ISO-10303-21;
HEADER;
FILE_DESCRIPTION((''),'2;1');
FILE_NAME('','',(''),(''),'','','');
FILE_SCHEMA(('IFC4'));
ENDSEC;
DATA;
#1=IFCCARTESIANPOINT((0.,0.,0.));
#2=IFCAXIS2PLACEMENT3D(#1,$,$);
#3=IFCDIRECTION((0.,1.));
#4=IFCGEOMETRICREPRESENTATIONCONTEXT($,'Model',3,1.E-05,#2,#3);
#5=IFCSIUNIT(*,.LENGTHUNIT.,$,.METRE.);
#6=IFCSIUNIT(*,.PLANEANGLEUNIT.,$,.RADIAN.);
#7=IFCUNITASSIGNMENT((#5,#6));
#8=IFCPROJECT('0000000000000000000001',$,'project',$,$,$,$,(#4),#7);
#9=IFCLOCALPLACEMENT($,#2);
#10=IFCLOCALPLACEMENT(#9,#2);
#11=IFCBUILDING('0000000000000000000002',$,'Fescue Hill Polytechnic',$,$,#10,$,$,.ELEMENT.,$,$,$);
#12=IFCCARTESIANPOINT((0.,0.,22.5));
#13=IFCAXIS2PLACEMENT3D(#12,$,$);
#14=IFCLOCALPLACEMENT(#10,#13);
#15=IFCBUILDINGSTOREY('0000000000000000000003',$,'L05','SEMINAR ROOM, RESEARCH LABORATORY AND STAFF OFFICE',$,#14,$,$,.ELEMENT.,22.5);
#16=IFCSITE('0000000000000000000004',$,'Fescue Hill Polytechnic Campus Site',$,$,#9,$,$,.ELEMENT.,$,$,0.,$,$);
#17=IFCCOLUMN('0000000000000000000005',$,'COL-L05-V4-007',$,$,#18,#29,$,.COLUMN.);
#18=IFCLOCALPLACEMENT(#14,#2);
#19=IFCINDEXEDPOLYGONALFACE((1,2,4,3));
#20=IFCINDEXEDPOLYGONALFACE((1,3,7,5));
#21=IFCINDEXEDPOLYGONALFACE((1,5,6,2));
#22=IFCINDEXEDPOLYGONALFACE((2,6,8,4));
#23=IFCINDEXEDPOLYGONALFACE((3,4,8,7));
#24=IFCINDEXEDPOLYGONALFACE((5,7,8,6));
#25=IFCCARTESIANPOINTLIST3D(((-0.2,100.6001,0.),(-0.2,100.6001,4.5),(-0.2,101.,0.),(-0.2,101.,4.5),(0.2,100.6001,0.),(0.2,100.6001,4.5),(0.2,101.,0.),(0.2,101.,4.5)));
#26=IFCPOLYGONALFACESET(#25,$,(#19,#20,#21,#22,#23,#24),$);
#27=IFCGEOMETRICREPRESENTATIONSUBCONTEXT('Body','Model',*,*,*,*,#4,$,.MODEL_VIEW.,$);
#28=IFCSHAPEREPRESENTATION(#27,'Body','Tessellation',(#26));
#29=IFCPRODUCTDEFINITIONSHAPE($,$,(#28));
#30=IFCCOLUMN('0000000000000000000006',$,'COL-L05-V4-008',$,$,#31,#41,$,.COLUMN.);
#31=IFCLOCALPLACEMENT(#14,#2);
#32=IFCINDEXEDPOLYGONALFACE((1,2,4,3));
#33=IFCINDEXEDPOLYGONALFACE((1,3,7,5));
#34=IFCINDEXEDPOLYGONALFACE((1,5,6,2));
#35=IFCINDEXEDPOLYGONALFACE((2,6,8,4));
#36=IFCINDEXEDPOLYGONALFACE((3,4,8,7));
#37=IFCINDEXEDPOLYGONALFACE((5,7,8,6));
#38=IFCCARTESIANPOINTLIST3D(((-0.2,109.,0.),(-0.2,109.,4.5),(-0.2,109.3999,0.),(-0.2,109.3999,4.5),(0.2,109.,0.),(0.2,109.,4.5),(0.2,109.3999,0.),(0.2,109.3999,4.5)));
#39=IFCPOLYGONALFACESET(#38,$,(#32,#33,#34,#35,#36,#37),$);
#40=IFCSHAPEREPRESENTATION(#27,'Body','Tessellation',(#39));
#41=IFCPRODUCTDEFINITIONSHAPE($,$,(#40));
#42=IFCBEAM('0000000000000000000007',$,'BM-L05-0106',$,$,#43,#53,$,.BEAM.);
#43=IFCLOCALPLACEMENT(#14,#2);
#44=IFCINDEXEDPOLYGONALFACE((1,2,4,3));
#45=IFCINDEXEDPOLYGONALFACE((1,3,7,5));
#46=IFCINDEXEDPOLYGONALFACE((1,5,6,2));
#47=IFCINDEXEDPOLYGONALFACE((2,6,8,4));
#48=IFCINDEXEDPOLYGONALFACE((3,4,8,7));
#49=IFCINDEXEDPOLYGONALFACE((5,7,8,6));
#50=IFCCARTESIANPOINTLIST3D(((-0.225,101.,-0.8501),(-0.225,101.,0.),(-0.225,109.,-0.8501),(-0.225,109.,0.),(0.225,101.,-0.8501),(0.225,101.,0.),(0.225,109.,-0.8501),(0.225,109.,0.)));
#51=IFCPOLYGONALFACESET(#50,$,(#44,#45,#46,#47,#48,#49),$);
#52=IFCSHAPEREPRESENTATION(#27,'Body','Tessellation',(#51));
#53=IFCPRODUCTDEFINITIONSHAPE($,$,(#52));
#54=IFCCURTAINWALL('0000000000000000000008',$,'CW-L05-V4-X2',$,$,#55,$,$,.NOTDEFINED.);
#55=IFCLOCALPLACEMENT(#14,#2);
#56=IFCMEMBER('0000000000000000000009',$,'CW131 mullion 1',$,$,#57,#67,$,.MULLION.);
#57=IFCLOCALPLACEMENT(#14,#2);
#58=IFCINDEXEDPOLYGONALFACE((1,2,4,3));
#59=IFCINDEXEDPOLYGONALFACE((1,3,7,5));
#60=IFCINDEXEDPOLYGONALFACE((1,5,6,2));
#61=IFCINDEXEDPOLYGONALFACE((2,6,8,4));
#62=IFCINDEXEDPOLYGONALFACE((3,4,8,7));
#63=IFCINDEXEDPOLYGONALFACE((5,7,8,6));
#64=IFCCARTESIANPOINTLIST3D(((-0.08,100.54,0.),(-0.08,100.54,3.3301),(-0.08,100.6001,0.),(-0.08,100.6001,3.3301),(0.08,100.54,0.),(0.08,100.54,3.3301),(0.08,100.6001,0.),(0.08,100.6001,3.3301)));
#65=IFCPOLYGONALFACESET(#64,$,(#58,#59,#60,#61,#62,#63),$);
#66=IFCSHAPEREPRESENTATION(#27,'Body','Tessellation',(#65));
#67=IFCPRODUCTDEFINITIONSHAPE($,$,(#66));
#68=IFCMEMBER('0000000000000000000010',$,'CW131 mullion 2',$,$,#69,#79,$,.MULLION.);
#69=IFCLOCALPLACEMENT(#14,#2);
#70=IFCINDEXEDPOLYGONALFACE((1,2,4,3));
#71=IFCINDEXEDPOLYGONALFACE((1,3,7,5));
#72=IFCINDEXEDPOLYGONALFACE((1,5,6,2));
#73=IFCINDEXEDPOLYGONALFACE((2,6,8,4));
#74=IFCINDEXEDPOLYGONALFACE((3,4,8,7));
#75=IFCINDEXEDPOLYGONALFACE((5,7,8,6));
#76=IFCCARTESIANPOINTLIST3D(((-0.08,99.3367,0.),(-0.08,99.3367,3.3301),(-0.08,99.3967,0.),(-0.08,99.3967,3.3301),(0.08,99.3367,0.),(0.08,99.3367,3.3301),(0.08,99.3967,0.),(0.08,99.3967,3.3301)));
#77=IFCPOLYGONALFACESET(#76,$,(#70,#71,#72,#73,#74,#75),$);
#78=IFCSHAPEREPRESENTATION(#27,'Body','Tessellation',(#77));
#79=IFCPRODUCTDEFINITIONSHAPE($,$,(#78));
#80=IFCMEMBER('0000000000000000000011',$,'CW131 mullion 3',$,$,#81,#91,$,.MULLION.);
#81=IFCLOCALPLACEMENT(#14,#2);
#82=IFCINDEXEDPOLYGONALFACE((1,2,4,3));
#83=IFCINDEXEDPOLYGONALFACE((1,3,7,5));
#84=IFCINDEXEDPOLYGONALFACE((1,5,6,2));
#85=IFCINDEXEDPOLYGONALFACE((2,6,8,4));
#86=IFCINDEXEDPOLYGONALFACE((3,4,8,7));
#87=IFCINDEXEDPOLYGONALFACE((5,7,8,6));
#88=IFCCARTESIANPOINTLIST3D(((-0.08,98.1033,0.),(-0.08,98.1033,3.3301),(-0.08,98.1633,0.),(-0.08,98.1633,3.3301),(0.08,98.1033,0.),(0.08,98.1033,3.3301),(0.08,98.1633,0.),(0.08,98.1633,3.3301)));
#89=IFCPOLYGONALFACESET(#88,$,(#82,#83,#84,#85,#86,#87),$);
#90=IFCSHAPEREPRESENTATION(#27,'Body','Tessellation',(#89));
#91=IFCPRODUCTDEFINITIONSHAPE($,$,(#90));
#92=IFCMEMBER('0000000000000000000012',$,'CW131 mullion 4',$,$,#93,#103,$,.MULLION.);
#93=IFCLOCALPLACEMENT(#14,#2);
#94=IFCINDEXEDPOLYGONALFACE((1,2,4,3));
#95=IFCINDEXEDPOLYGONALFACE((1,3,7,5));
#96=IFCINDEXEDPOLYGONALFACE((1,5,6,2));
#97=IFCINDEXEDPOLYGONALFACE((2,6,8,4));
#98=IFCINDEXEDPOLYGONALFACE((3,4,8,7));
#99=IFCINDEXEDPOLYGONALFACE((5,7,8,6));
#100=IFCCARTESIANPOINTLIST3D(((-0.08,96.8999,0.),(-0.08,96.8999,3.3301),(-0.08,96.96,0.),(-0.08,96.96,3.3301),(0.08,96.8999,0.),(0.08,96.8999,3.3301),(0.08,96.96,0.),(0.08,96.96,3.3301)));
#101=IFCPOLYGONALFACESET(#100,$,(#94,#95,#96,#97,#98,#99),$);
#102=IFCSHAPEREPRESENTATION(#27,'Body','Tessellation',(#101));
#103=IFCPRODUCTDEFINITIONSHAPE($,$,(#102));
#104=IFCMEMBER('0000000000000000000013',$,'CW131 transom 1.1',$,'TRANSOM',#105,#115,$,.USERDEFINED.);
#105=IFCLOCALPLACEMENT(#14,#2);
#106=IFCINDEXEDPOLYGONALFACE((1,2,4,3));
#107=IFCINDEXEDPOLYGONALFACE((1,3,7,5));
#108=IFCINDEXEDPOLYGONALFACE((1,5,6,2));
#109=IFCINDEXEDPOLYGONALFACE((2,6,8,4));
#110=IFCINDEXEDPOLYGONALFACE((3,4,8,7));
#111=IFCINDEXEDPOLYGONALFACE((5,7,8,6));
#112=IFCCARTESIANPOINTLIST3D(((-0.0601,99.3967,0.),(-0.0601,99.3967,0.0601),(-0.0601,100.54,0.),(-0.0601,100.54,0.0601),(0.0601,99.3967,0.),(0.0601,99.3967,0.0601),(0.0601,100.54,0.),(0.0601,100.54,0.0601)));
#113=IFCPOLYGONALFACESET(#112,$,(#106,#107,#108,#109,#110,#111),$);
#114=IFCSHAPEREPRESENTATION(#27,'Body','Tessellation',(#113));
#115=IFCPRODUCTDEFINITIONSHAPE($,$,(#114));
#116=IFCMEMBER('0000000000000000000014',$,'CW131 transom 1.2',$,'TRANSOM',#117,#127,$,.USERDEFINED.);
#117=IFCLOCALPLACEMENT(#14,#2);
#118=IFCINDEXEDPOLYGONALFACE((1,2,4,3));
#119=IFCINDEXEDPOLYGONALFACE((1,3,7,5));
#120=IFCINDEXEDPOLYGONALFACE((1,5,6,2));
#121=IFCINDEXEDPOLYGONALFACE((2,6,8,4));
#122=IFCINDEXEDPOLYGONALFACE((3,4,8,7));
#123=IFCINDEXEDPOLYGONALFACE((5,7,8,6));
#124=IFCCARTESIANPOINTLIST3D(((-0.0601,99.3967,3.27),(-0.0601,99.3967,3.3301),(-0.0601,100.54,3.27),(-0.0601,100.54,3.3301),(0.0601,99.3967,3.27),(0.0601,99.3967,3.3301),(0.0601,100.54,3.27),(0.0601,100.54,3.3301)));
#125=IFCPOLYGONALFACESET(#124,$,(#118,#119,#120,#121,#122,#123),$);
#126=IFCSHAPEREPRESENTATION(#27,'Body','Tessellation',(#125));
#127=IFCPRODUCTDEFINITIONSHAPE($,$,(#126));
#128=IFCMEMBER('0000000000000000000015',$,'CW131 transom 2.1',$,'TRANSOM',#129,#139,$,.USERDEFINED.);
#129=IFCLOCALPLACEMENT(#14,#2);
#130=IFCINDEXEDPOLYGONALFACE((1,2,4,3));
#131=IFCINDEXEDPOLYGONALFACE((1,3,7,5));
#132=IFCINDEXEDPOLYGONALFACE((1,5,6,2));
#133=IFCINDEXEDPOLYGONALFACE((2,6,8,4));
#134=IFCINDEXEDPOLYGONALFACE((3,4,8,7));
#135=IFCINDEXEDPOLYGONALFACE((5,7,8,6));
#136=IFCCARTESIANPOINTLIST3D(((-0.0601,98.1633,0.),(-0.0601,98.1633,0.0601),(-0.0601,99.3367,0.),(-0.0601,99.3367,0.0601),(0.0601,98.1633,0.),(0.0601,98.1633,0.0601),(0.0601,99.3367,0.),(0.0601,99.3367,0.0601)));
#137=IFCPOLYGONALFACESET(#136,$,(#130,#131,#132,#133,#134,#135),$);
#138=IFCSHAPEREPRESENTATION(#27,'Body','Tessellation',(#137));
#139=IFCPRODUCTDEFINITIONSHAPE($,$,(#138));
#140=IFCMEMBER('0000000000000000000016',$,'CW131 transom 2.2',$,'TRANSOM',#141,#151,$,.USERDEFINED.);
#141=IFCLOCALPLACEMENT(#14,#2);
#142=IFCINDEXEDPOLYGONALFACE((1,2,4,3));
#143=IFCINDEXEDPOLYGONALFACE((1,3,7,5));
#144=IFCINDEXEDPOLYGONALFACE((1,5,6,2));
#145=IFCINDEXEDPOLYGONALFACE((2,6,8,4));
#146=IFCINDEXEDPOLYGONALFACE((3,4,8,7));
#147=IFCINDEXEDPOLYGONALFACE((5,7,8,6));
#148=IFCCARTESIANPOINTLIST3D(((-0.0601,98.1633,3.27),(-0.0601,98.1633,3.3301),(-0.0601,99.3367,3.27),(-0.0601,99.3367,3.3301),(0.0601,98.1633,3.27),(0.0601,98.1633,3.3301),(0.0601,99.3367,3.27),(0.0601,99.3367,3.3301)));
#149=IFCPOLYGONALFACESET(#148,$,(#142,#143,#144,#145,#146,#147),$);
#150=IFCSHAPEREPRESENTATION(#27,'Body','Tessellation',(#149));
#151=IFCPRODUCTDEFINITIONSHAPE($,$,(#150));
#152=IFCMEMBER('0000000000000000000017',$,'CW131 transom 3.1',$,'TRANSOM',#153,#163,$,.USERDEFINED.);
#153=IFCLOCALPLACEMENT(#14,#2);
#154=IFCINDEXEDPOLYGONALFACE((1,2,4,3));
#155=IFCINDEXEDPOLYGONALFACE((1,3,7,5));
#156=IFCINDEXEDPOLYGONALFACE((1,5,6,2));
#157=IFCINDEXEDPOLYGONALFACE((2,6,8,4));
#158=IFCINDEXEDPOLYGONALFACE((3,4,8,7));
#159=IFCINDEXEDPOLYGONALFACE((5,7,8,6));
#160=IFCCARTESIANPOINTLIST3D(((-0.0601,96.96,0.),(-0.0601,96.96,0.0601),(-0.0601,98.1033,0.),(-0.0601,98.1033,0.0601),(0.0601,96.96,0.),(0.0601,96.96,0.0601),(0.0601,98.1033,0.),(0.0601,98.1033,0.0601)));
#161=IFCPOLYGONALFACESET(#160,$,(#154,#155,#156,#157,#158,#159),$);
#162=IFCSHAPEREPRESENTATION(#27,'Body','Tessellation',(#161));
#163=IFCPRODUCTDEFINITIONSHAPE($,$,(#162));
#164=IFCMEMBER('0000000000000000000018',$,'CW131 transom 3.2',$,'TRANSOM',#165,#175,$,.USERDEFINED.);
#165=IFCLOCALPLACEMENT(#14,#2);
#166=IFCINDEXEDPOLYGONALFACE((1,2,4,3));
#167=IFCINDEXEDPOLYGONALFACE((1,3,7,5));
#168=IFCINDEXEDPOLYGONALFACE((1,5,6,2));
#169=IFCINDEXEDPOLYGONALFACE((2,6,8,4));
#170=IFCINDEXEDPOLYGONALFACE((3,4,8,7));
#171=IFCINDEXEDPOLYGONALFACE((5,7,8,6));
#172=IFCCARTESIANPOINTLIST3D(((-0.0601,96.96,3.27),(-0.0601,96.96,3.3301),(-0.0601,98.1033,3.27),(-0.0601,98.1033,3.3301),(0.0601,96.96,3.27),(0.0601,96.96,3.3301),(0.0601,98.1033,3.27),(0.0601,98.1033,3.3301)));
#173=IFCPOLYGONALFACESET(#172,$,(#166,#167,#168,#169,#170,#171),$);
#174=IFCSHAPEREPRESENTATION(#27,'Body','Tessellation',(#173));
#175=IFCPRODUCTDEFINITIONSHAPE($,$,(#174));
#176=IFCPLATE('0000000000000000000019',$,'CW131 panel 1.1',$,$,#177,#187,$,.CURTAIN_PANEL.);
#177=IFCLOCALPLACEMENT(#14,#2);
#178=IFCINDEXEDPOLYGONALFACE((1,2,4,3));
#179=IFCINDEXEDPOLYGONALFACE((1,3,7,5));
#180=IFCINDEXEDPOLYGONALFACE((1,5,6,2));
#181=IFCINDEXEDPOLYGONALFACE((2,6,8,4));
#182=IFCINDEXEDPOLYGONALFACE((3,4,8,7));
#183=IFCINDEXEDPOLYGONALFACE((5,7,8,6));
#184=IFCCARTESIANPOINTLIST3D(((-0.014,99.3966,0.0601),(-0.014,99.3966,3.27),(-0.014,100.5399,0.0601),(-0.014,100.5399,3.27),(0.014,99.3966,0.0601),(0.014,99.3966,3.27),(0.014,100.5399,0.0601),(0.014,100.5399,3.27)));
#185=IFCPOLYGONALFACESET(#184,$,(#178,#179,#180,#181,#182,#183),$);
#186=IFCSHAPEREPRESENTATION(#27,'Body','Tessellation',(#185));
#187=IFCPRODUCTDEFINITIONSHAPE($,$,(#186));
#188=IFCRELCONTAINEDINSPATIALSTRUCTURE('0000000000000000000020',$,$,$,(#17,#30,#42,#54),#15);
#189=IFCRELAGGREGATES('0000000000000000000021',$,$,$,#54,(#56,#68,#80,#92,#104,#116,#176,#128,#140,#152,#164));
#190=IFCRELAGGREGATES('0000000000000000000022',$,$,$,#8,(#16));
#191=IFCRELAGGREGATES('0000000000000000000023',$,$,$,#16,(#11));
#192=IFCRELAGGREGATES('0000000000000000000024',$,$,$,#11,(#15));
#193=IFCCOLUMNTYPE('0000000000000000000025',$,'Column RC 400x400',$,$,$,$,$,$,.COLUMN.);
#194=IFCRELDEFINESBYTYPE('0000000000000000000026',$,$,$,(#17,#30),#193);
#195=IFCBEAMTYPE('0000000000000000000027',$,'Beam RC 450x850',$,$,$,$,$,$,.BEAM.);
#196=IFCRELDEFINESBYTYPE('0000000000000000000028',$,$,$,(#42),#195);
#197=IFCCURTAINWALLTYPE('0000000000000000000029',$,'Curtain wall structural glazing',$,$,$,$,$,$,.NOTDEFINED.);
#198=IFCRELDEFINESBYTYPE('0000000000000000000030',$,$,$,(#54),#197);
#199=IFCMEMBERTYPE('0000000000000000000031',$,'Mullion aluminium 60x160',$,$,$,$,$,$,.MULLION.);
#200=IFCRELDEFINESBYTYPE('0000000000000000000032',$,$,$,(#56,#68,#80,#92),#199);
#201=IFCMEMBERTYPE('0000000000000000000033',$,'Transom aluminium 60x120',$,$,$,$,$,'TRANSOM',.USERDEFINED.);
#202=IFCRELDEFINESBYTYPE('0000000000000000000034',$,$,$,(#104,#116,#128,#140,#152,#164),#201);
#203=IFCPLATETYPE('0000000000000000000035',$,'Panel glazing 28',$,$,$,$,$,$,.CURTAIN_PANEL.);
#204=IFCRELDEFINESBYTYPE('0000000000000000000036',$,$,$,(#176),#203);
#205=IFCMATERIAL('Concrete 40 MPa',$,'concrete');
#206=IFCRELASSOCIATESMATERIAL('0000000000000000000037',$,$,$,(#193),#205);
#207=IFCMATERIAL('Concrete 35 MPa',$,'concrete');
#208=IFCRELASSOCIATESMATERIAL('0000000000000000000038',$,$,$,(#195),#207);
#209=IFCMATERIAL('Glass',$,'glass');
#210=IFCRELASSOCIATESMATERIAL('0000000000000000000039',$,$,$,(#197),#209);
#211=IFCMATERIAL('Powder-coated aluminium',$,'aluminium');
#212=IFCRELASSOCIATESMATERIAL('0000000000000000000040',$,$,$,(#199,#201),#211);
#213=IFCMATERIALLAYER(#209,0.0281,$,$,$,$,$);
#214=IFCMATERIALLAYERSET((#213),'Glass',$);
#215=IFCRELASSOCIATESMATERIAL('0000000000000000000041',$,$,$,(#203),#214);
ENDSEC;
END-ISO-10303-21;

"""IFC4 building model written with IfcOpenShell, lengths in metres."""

from ifc_helpers import new_model, si_unit, direction, frame, origin, origin_2d, place, context, subcontext, project, spatial, rectangle, extrude, material, layer, layer_set, material_profile, profile_set, type_object, element, aggregate, save


model = new_model("IFC4")

# Units and contexts
model_context = context("Model", 3, precision=1e-05, world=origin(), true_north=direction((0.0, 1.0)))
body_context = subcontext(model_context, "Body", "Model", "MODEL_VIEW")
ifc_project = project(units=[si_unit("LENGTHUNIT", "METRE"), si_unit("PLANEANGLEUNIT", "RADIAN")], contexts=[model_context])

# Site, building, storey
site_placement = place(None, origin())
site = spatial("IfcSite", under=ifc_project, at=site_placement, Name="Fescue Hill Polytechnic Campus Site", CompositionType="ELEMENT", RefElevation=0.0)
building_placement = place(site_placement, origin())
building = spatial("IfcBuilding", under=site, at=building_placement, Name="Fescue Hill Polytechnic", CompositionType="ELEMENT")
storey_placement = place(building_placement, frame((0.0, 0.0, 22.5)))
storey = spatial("IfcBuildingStorey", under=building, at=storey_placement, Name="L05", Description="SEMINAR ROOM, RESEARCH LABORATORY AND STAFF OFFICE", CompositionType="ELEMENT", Elevation=22.5)

# Columns
ifc_material_1 = material(Name="Concrete 40 MPa", Category="concrete")
ifc_material_profile_1 = material_profile(ifc_material_1, rectangle(XDim=0.3999, YDim=0.3999, at=origin_2d()), Name="RC 400x400")
ifc_profile_set_1 = profile_set([ifc_material_profile_1], Name="Concrete 40 MPa")
column_type = type_object("IfcColumnType", Name="Column RC 400x400", PredefinedType="COLUMN", material=ifc_profile_set_1)
for number, where, z_axis, x_axis, name in (
    (1, (0.0, 100.8, 0.0), (0.0, 0.0, 1.0), (1.0, 0.0, 0.0), "COL-L05-V4-007"),
    (2, (0.0, 109.2, 0.0), (0.0, 0.0, 1.0), (1.0, 0.0, 0.0), "COL-L05-V4-008"),
):
    element("IfcColumn", number, at=place(storey_placement, frame(where, z_axis=z_axis, x_axis=x_axis)), inside=storey, type_object=column_type, Name=name, PredefinedType="COLUMN", context=body_context, shape_type="SweptSolid", body=[
        extrude(rectangle(XDim=0.3999, YDim=0.3999, at=origin_2d()), origin(), (0.0, 0.0, 1.0), 4.5),
    ])

# Beam
ifc_material_2 = material(Name="Concrete 35 MPa", Category="concrete")
ifc_material_profile_2 = material_profile(ifc_material_2, rectangle(XDim=0.45, YDim=0.8501, at=origin_2d()), Name="RC 450x850")
ifc_profile_set_2 = profile_set([ifc_material_profile_2], Name="Concrete 35 MPa")
beam_type = type_object("IfcBeamType", Name="Beam RC 450x850", PredefinedType="BEAM", material=ifc_profile_set_2)
beam_placement = place(storey_placement, frame((0.0, 101.0, -0.425), z_axis=(0.0, 1.0, 0.0), x_axis=(-1.0, 0.0, 0.0)))
element("IfcBeam", 3, at=beam_placement, inside=storey, type_object=beam_type, Name="BM-L05-0106", PredefinedType="BEAM", context=body_context, shape_type="SweptSolid", body=[
    extrude(rectangle(XDim=0.45, YDim=0.8501, at=origin_2d()), origin(), (0.0, 0.0, 1.0), 8.0),
])

# Curtain wall, members, plate
ifc_material_3 = material(Name="Glass", Category="glass")
curtain_wall_type = type_object("IfcCurtainWallType", Name="Curtain wall structural glazing", PredefinedType="NOTDEFINED", material=ifc_material_3)
curtain_wall_placement = place(storey_placement, origin())
curtain_wall = element("IfcCurtainWall", 4, at=curtain_wall_placement, inside=storey, type_object=curtain_wall_type, Name="CW-L05-V4-X2", PredefinedType="NOTDEFINED")
ifc_material_4 = material(Name="Powder-coated aluminium", Category="aluminium")
ifc_material_profile_3 = material_profile(ifc_material_4, rectangle(XDim=0.1599, YDim=0.0601, at=origin_2d()), Name="Mullion aluminium 60x160")
ifc_profile_set_3 = profile_set([ifc_material_profile_3], Name="Powder-coated aluminium")
member_type_1 = type_object("IfcMemberType", Name="Mullion aluminium 60x160", PredefinedType="MULLION", material=ifc_profile_set_3)
member_1_placement = place(storey_placement, frame((0.0, 100.5701, 0.0), z_axis=(0.0, 0.0, 1.0), x_axis=(1.0, 0.0, 0.0)))
member_1 = element("IfcMember", 5, at=member_1_placement, type_object=member_type_1, Name="CW131 mullion 1", PredefinedType="MULLION", context=body_context, shape_type="SweptSolid", body=[
    extrude(rectangle(XDim=0.1599, YDim=0.0601, at=origin_2d()), origin(), (0.0, 0.0, 1.0), 3.3301),
])
member_2_placement = place(storey_placement, frame((0.0, 99.3667, 0.0), z_axis=(0.0, 0.0, 1.0), x_axis=(1.0, 0.0, 0.0)))
member_2 = element("IfcMember", 6, at=member_2_placement, type_object=member_type_1, Name="CW131 mullion 2", PredefinedType="MULLION", context=body_context, shape_type="SweptSolid", body=[
    extrude(rectangle(XDim=0.1599, YDim=0.0601, at=origin_2d()), origin(), (0.0, 0.0, 1.0), 3.3301),
])
member_3_placement = place(storey_placement, frame((0.0, 98.1333, 0.0), z_axis=(0.0, 0.0, 1.0), x_axis=(1.0, 0.0, 0.0)))
member_3 = element("IfcMember", 7, at=member_3_placement, type_object=member_type_1, Name="CW131 mullion 3", PredefinedType="MULLION", context=body_context, shape_type="SweptSolid", body=[
    extrude(rectangle(XDim=0.1599, YDim=0.0601, at=origin_2d()), origin(), (0.0, 0.0, 1.0), 3.3301),
])
member_4_placement = place(storey_placement, frame((0.0, 96.9299, 0.0), z_axis=(0.0, 0.0, 1.0), x_axis=(1.0, 0.0, 0.0)))
member_4 = element("IfcMember", 8, at=member_4_placement, type_object=member_type_1, Name="CW131 mullion 4", PredefinedType="MULLION", context=body_context, shape_type="SweptSolid", body=[
    extrude(rectangle(XDim=0.1599, YDim=0.0601, at=origin_2d()), origin(), (0.0, 0.0, 1.0), 3.3301),
])
ifc_material_profile_4 = material_profile(ifc_material_4, rectangle(XDim=0.1201, YDim=0.0601, at=origin_2d()), Name="Transom aluminium 60x120")
ifc_profile_set_4 = profile_set([ifc_material_profile_4], Name="Powder-coated aluminium")
member_type_2 = type_object("IfcMemberType", Name="Transom aluminium 60x120", ElementType="TRANSOM", PredefinedType="USERDEFINED", material=ifc_profile_set_4)
member_5_placement = place(storey_placement, frame((0.0, 100.54, 0.03), z_axis=(0.0, -1.0, 0.0), x_axis=(1.0, 0.0, 0.0)))
member_5 = element("IfcMember", 9, at=member_5_placement, type_object=member_type_2, Name="CW131 transom 1.1", ObjectType="TRANSOM", PredefinedType="USERDEFINED", context=body_context, shape_type="SweptSolid", body=[
    extrude(rectangle(XDim=0.1201, YDim=0.0601, at=origin_2d()), origin(), (0.0, 0.0, 1.0), 1.1433),
])
member_6_placement = place(storey_placement, frame((0.0, 100.54, 3.3), z_axis=(0.0, -1.0, 0.0), x_axis=(1.0, 0.0, 0.0)))
member_6 = element("IfcMember", 10, at=member_6_placement, type_object=member_type_2, Name="CW131 transom 1.2", ObjectType="TRANSOM", PredefinedType="USERDEFINED", context=body_context, shape_type="SweptSolid", body=[
    extrude(rectangle(XDim=0.1201, YDim=0.0601, at=origin_2d()), origin(), (0.0, 0.0, 1.0), 1.1433),
])
member_7_placement = place(storey_placement, frame((0.0, 99.3367, 0.03), z_axis=(0.0, -1.0, 0.0), x_axis=(1.0, 0.0, 0.0)))
member_7 = element("IfcMember", 11, at=member_7_placement, type_object=member_type_2, Name="CW131 transom 2.1", ObjectType="TRANSOM", PredefinedType="USERDEFINED", context=body_context, shape_type="SweptSolid", body=[
    extrude(rectangle(XDim=0.1201, YDim=0.0601, at=origin_2d()), origin(), (0.0, 0.0, 1.0), 1.1733),
])
member_8_placement = place(storey_placement, frame((0.0, 99.3367, 3.3), z_axis=(0.0, -1.0, 0.0), x_axis=(1.0, 0.0, 0.0)))
member_8 = element("IfcMember", 12, at=member_8_placement, type_object=member_type_2, Name="CW131 transom 2.2", ObjectType="TRANSOM", PredefinedType="USERDEFINED", context=body_context, shape_type="SweptSolid", body=[
    extrude(rectangle(XDim=0.1201, YDim=0.0601, at=origin_2d()), origin(), (0.0, 0.0, 1.0), 1.1733),
])
member_9_placement = place(storey_placement, frame((0.0, 98.1033, 0.03), z_axis=(0.0, -1.0, 0.0), x_axis=(1.0, 0.0, 0.0)))
member_9 = element("IfcMember", 13, at=member_9_placement, type_object=member_type_2, Name="CW131 transom 3.1", ObjectType="TRANSOM", PredefinedType="USERDEFINED", context=body_context, shape_type="SweptSolid", body=[
    extrude(rectangle(XDim=0.1201, YDim=0.0601, at=origin_2d()), origin(), (0.0, 0.0, 1.0), 1.1433),
])
member_10_placement = place(storey_placement, frame((0.0, 98.1033, 3.3), z_axis=(0.0, -1.0, 0.0), x_axis=(1.0, 0.0, 0.0)))
member_10 = element("IfcMember", 14, at=member_10_placement, type_object=member_type_2, Name="CW131 transom 3.2", ObjectType="TRANSOM", PredefinedType="USERDEFINED", context=body_context, shape_type="SweptSolid", body=[
    extrude(rectangle(XDim=0.1201, YDim=0.0601, at=origin_2d()), origin(), (0.0, 0.0, 1.0), 1.1433),
])
ifc_layer_1 = layer(ifc_material_3, 0.0281)
ifc_layer_set_1 = layer_set([ifc_layer_1], Name="Glass")
plate_type = type_object("IfcPlateType", Name="Panel glazing 28", PredefinedType="CURTAIN_PANEL", material=ifc_layer_set_1)
plate_1_placement = place(storey_placement, frame((0.0, 99.9683, 0.0601), z_axis=(0.0, 0.0, 1.0), x_axis=(0.0, -1.0, 0.0)))
plate_1 = element("IfcPlate", 15, at=plate_1_placement, type_object=plate_type, Name="CW131 panel 1.1", PredefinedType="CURTAIN_PANEL", context=body_context, shape_type="SweptSolid", body=[
    extrude(rectangle(XDim=1.1433, YDim=0.0281, at=origin_2d()), origin(), (0.0, 0.0, 1.0), 3.21),
])
aggregate(curtain_wall, [member_1, member_2, member_3, member_4, member_5, member_6, plate_1, member_7, member_8, member_9, member_10])

save(model, "model.ifc")
